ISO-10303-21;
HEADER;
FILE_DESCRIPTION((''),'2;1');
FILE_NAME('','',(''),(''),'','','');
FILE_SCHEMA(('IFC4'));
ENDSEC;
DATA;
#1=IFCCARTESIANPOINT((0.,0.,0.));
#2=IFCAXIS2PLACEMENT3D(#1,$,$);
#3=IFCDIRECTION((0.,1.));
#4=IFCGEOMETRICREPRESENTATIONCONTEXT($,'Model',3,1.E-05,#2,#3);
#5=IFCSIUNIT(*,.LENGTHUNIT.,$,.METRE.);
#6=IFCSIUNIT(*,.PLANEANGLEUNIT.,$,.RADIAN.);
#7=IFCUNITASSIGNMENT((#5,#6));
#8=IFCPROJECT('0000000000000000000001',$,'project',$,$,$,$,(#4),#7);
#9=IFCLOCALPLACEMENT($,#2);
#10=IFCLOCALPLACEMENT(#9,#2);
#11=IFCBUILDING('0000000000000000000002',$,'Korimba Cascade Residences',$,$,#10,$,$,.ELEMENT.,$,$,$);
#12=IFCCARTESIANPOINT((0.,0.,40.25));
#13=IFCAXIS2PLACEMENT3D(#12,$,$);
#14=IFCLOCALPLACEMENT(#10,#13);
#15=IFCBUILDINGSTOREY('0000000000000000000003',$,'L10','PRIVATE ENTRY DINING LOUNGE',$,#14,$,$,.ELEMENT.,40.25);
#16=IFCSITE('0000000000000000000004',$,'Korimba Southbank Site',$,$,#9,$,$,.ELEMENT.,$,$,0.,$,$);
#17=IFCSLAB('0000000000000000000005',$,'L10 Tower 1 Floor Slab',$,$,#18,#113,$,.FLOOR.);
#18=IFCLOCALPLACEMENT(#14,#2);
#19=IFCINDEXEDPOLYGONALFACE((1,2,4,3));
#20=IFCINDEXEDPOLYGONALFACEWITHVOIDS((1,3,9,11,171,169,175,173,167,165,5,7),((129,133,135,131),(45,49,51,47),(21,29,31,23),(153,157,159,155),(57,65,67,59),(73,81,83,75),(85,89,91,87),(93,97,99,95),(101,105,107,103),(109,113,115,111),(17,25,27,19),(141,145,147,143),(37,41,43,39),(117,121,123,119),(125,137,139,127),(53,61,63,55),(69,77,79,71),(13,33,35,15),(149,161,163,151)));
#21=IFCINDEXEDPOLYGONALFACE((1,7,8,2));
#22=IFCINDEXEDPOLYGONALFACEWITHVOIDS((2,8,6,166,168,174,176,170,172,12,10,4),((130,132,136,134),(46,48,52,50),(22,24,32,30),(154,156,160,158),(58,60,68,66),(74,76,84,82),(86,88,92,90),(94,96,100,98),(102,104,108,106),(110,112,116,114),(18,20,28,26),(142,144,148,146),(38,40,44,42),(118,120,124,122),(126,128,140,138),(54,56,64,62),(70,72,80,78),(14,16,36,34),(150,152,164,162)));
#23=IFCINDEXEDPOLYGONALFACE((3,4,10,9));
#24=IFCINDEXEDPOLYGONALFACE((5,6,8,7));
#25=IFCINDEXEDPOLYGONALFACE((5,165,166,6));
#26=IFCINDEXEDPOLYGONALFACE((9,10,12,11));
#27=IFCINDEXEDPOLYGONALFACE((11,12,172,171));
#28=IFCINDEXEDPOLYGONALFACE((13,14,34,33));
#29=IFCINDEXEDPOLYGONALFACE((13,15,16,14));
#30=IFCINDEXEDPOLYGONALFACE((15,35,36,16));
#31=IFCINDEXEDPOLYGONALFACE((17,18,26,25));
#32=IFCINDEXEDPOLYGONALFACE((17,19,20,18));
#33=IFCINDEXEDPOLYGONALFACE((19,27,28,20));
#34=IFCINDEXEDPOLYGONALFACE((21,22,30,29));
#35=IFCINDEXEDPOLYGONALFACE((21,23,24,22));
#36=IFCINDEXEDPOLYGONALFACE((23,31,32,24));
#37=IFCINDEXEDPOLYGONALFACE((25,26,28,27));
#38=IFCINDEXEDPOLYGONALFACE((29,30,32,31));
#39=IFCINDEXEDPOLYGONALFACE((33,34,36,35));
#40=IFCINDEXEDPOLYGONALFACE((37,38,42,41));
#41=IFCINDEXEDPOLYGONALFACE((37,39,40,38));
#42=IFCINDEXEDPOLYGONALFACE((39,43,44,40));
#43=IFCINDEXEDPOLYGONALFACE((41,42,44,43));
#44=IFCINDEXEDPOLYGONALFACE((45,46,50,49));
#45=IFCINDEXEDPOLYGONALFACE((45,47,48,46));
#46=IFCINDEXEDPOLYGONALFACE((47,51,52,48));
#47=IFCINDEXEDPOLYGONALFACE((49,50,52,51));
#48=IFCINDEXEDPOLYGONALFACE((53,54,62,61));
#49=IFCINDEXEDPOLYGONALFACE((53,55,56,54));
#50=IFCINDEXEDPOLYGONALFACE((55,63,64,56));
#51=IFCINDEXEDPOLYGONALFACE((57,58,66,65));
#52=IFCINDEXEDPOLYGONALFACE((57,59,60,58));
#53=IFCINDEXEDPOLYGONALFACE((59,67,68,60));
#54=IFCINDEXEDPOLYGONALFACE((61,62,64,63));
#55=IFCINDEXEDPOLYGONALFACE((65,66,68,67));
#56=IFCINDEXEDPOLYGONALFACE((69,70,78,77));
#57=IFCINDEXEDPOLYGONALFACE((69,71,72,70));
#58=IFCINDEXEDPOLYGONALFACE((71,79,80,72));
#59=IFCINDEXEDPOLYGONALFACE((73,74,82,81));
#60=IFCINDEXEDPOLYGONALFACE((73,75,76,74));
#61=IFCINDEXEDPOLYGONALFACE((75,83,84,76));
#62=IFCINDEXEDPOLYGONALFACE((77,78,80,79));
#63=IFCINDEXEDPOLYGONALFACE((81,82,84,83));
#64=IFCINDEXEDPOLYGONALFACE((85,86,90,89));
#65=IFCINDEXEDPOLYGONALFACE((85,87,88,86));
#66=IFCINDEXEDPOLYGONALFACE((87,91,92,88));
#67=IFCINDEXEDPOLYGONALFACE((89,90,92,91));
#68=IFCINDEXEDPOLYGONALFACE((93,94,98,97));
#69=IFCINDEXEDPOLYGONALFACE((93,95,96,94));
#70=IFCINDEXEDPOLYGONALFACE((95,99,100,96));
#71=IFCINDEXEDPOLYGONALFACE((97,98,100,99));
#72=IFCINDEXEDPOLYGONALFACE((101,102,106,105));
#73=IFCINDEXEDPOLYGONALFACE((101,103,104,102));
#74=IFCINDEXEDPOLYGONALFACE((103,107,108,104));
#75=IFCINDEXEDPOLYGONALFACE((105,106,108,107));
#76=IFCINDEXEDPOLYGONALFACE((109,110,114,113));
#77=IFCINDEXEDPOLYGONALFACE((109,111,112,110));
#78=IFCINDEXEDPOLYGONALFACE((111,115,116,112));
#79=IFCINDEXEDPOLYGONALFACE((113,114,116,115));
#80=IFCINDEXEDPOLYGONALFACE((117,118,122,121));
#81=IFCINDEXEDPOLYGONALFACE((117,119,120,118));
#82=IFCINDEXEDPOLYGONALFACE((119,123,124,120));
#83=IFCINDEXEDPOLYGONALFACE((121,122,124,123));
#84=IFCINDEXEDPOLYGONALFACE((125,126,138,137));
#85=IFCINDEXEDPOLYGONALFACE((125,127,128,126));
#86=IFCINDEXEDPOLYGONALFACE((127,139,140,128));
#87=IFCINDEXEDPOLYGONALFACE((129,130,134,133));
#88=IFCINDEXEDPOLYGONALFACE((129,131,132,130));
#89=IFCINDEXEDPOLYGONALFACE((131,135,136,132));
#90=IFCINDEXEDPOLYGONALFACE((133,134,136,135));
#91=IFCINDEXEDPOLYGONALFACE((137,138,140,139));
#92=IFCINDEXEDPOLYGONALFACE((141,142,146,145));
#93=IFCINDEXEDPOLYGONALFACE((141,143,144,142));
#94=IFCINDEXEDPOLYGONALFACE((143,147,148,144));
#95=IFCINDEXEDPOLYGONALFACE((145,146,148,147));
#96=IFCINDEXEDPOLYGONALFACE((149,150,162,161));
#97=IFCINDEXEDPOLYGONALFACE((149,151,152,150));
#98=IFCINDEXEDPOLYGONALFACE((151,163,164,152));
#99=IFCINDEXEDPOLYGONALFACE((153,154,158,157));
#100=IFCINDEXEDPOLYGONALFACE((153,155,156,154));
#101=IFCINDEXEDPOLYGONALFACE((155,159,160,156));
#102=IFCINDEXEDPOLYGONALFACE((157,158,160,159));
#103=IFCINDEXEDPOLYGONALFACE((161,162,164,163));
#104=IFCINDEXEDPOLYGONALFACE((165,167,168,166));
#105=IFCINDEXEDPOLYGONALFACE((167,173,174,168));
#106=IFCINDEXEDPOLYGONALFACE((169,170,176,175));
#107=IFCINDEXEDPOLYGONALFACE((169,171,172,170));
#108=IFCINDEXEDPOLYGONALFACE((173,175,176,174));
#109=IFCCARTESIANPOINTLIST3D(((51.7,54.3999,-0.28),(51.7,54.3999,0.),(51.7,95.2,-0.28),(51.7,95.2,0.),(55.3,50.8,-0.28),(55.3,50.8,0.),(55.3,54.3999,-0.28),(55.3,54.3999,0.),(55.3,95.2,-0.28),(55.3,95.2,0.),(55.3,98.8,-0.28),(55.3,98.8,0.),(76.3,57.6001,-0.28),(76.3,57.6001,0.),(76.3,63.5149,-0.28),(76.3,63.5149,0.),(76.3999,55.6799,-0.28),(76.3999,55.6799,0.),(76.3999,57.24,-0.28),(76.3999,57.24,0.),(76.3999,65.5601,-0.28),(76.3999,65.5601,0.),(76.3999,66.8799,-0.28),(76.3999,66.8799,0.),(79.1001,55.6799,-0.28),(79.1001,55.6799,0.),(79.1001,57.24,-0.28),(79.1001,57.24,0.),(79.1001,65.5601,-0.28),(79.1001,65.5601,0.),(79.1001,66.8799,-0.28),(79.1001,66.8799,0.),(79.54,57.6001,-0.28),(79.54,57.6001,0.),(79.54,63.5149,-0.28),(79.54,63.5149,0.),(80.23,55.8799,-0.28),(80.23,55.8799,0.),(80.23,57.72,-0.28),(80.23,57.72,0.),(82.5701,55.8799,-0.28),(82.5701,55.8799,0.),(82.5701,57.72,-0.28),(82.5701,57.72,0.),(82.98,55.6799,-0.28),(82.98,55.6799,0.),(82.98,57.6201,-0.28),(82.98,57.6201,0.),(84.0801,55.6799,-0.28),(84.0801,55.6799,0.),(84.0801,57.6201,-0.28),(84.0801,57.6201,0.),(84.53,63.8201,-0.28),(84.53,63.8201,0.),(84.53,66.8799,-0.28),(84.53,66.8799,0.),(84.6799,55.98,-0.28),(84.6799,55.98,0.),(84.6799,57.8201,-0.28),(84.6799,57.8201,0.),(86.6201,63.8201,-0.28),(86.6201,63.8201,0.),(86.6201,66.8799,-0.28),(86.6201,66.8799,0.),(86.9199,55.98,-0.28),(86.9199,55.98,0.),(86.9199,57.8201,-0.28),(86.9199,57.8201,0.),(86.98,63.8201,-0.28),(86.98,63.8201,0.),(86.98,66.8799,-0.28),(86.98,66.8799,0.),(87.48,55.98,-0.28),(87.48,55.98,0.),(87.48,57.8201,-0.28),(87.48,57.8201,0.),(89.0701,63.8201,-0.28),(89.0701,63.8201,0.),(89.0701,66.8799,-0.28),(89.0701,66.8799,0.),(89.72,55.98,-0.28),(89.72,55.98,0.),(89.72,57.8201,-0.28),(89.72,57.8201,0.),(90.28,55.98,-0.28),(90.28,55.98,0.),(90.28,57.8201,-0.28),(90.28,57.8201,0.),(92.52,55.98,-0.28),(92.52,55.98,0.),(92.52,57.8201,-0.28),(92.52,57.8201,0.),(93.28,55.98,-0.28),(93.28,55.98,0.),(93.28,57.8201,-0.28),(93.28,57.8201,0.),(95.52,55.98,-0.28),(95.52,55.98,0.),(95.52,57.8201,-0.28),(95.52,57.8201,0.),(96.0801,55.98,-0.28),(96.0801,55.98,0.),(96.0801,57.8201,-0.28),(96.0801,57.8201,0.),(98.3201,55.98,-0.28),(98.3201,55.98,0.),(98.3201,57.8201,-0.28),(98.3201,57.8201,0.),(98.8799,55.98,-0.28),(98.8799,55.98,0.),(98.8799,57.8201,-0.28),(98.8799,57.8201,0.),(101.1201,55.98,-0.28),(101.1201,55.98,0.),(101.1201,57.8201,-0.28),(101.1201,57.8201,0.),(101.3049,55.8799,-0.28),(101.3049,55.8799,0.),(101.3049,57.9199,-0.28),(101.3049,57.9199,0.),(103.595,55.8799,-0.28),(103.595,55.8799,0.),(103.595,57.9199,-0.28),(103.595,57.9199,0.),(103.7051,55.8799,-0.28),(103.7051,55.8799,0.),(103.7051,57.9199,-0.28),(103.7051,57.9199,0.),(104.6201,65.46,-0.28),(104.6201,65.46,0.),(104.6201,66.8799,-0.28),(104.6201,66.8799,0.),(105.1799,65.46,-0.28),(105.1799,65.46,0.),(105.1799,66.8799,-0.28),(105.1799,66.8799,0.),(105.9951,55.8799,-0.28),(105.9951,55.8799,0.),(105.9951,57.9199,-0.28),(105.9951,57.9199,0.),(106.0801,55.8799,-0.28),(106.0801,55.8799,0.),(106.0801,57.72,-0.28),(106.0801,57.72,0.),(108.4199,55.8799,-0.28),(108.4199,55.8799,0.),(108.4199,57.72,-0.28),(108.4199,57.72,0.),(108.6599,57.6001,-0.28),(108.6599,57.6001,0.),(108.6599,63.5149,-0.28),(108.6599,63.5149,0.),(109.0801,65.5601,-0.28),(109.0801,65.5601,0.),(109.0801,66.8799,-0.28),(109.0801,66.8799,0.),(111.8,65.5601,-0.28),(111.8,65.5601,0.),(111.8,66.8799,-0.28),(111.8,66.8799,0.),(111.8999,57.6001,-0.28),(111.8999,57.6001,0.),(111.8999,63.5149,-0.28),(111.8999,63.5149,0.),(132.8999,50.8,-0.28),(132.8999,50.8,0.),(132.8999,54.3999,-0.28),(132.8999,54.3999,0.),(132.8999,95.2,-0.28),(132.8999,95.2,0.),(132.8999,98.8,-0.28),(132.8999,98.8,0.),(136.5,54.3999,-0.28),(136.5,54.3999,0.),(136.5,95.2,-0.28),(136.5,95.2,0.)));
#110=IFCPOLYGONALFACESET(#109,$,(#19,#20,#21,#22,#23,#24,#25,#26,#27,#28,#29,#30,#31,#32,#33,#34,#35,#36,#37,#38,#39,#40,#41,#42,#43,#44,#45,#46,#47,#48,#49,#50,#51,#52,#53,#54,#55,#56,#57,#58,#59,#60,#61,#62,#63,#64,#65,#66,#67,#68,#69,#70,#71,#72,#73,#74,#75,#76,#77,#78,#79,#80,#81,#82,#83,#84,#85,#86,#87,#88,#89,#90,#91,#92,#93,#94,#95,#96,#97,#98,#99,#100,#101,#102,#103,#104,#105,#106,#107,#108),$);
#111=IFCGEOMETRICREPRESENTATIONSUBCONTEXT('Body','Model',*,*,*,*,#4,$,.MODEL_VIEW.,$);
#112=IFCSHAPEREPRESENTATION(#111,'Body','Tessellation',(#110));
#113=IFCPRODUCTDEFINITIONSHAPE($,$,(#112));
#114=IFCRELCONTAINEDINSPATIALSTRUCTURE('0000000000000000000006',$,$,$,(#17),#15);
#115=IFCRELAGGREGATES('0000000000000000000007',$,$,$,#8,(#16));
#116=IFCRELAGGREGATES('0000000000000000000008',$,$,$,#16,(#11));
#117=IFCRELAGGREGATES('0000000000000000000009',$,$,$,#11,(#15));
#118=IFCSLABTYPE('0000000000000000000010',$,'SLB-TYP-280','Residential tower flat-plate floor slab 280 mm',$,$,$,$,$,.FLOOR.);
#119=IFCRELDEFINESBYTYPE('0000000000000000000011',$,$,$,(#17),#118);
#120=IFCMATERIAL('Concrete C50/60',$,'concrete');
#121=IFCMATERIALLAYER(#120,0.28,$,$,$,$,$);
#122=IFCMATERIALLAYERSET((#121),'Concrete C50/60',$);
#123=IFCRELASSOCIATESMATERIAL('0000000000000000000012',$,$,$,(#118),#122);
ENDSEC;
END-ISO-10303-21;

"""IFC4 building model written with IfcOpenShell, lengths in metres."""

from ifc_helpers import new_model, si_unit, direction, frame, origin, place, context, subcontext, project, spatial, polyline, outline, extrude, material, layer, layer_set, type_object, element, save


model = new_model("IFC4")

# Units and contexts
model_context = context("Model", 3, precision=1e-05, world=origin(), true_north=direction((0.0, 1.0)))
body_context = subcontext(model_context, "Body", "Model", "MODEL_VIEW")
ifc_project = project(units=[si_unit("LENGTHUNIT", "METRE"), si_unit("PLANEANGLEUNIT", "RADIAN")], contexts=[model_context])

# Site, building, storey
site_placement = place(None, origin())
site = spatial("IfcSite", under=ifc_project, at=site_placement, Name="Korimba Southbank Site", CompositionType="ELEMENT", RefElevation=0.0)
building_placement = place(site_placement, origin())
building = spatial("IfcBuilding", under=site, at=building_placement, Name="Korimba Cascade Residences", CompositionType="ELEMENT")
storey_placement = place(building_placement, frame((0.0, 0.0, 40.25)))
storey = spatial("IfcBuildingStorey", under=building, at=storey_placement, Name="L10", Description="PRIVATE ENTRY DINING LOUNGE", CompositionType="ELEMENT", Elevation=40.25)

# Shared definitions
ifc_material_1 = material(Name="Concrete C50/60", Category="concrete")

# Slab
ifc_layer_1 = layer(ifc_material_1, 0.28)
ifc_layer_set_1 = layer_set([ifc_layer_1], Name="Concrete C50/60")
slab_type_1 = type_object("IfcSlabType", Name="SLB-TYP-280", Description="Residential tower flat-plate floor slab 280 mm", PredefinedType="FLOOR", material=ifc_layer_set_1)
slab_1_placement = place(storey_placement, frame((0.0, 0.0, -0.28)))
element("IfcSlab", 1, at=slab_1_placement, inside=storey, type_object=slab_type_1, Name="L10 Tower 1 Floor Slab", PredefinedType="FLOOR", context=body_context, shape_type="SweptSolid", body=[
    extrude(outline(polyline([(55.3, 50.8), (132.8999, 50.8), (132.8999, 54.3999), (136.5, 54.3999), (136.5, 95.2), (132.8999, 95.2), (132.8999, 98.8), (55.3, 98.8), (55.3, 95.2), (51.7, 95.2), (51.7, 54.3999), (55.3, 54.3999), (55.3, 50.8)]), holes=[polyline([(76.3, 63.5149), (76.3, 57.6001), (79.54, 57.6001), (79.54, 63.5149), (76.3, 63.5149)]), polyline([(108.6599, 63.5149), (108.6599, 57.6001), (111.8999, 57.6001), (111.8999, 63.5149), (108.6599, 63.5149)]), polyline([(80.23, 55.8799), (82.5701, 55.8799), (82.5701, 57.72), (80.23, 57.72), (80.23, 55.8799)]), polyline([(106.0801, 55.8799), (108.4199, 55.8799), (108.4199, 57.72), (106.0801, 57.72), (106.0801, 55.8799)]), polyline([(84.6799, 55.98), (86.9199, 55.98), (86.9199, 57.8201), (84.6799, 57.8201), (84.6799, 55.98)]), polyline([(87.48, 55.98), (89.72, 55.98), (89.72, 57.8201), (87.48, 57.8201), (87.48, 55.98)]), polyline([(90.28, 55.98), (92.52, 55.98), (92.52, 57.8201), (90.28, 57.8201), (90.28, 55.98)]), polyline([(93.28, 55.98), (95.52, 55.98), (95.52, 57.8201), (93.28, 57.8201), (93.28, 55.98)]), polyline([(96.0801, 55.98), (98.3201, 55.98), (98.3201, 57.8201), (96.0801, 57.8201), (96.0801, 55.98)]), polyline([(98.8799, 55.98), (101.1201, 55.98), (101.1201, 57.8201), (98.8799, 57.8201), (98.8799, 55.98)]), polyline([(101.3049, 55.8799), (103.595, 55.8799), (103.595, 57.9199), (101.3049, 57.9199), (101.3049, 55.8799)]), polyline([(103.7051, 55.8799), (105.9951, 55.8799), (105.9951, 57.9199), (103.7051, 57.9199), (103.7051, 55.8799)]), polyline([(82.98, 55.6799), (84.0801, 55.6799), (84.0801, 57.6201), (82.98, 57.6201), (82.98, 55.6799)]), polyline([(76.3999, 65.5601), (79.1001, 65.5601), (79.1001, 66.8799), (76.3999, 66.8799), (76.3999, 65.5601)]), polyline([(76.3999, 55.6799), (79.1001, 55.6799), (79.1001, 57.24), (76.3999, 57.24), (76.3999, 55.6799)]), polyline([(84.53, 63.8201), (86.6201, 63.8201), (86.6201, 66.8799), (84.53, 66.8799), (84.53, 63.8201)]), polyline([(86.98, 63.8201), (89.0701, 63.8201), (89.0701, 66.8799), (86.98, 66.8799), (86.98, 63.8201)]), polyline([(104.6201, 65.46), (105.1799, 65.46), (105.1799, 66.8799), (104.6201, 66.8799), (104.6201, 65.46)]), polyline([(109.0801, 65.5601), (111.8, 65.5601), (111.8, 66.8799), (109.0801, 66.8799), (109.0801, 65.5601)])]), origin(), (0.0, 0.0, 1.0), 0.28),
])

save(model, "model.ifc")
